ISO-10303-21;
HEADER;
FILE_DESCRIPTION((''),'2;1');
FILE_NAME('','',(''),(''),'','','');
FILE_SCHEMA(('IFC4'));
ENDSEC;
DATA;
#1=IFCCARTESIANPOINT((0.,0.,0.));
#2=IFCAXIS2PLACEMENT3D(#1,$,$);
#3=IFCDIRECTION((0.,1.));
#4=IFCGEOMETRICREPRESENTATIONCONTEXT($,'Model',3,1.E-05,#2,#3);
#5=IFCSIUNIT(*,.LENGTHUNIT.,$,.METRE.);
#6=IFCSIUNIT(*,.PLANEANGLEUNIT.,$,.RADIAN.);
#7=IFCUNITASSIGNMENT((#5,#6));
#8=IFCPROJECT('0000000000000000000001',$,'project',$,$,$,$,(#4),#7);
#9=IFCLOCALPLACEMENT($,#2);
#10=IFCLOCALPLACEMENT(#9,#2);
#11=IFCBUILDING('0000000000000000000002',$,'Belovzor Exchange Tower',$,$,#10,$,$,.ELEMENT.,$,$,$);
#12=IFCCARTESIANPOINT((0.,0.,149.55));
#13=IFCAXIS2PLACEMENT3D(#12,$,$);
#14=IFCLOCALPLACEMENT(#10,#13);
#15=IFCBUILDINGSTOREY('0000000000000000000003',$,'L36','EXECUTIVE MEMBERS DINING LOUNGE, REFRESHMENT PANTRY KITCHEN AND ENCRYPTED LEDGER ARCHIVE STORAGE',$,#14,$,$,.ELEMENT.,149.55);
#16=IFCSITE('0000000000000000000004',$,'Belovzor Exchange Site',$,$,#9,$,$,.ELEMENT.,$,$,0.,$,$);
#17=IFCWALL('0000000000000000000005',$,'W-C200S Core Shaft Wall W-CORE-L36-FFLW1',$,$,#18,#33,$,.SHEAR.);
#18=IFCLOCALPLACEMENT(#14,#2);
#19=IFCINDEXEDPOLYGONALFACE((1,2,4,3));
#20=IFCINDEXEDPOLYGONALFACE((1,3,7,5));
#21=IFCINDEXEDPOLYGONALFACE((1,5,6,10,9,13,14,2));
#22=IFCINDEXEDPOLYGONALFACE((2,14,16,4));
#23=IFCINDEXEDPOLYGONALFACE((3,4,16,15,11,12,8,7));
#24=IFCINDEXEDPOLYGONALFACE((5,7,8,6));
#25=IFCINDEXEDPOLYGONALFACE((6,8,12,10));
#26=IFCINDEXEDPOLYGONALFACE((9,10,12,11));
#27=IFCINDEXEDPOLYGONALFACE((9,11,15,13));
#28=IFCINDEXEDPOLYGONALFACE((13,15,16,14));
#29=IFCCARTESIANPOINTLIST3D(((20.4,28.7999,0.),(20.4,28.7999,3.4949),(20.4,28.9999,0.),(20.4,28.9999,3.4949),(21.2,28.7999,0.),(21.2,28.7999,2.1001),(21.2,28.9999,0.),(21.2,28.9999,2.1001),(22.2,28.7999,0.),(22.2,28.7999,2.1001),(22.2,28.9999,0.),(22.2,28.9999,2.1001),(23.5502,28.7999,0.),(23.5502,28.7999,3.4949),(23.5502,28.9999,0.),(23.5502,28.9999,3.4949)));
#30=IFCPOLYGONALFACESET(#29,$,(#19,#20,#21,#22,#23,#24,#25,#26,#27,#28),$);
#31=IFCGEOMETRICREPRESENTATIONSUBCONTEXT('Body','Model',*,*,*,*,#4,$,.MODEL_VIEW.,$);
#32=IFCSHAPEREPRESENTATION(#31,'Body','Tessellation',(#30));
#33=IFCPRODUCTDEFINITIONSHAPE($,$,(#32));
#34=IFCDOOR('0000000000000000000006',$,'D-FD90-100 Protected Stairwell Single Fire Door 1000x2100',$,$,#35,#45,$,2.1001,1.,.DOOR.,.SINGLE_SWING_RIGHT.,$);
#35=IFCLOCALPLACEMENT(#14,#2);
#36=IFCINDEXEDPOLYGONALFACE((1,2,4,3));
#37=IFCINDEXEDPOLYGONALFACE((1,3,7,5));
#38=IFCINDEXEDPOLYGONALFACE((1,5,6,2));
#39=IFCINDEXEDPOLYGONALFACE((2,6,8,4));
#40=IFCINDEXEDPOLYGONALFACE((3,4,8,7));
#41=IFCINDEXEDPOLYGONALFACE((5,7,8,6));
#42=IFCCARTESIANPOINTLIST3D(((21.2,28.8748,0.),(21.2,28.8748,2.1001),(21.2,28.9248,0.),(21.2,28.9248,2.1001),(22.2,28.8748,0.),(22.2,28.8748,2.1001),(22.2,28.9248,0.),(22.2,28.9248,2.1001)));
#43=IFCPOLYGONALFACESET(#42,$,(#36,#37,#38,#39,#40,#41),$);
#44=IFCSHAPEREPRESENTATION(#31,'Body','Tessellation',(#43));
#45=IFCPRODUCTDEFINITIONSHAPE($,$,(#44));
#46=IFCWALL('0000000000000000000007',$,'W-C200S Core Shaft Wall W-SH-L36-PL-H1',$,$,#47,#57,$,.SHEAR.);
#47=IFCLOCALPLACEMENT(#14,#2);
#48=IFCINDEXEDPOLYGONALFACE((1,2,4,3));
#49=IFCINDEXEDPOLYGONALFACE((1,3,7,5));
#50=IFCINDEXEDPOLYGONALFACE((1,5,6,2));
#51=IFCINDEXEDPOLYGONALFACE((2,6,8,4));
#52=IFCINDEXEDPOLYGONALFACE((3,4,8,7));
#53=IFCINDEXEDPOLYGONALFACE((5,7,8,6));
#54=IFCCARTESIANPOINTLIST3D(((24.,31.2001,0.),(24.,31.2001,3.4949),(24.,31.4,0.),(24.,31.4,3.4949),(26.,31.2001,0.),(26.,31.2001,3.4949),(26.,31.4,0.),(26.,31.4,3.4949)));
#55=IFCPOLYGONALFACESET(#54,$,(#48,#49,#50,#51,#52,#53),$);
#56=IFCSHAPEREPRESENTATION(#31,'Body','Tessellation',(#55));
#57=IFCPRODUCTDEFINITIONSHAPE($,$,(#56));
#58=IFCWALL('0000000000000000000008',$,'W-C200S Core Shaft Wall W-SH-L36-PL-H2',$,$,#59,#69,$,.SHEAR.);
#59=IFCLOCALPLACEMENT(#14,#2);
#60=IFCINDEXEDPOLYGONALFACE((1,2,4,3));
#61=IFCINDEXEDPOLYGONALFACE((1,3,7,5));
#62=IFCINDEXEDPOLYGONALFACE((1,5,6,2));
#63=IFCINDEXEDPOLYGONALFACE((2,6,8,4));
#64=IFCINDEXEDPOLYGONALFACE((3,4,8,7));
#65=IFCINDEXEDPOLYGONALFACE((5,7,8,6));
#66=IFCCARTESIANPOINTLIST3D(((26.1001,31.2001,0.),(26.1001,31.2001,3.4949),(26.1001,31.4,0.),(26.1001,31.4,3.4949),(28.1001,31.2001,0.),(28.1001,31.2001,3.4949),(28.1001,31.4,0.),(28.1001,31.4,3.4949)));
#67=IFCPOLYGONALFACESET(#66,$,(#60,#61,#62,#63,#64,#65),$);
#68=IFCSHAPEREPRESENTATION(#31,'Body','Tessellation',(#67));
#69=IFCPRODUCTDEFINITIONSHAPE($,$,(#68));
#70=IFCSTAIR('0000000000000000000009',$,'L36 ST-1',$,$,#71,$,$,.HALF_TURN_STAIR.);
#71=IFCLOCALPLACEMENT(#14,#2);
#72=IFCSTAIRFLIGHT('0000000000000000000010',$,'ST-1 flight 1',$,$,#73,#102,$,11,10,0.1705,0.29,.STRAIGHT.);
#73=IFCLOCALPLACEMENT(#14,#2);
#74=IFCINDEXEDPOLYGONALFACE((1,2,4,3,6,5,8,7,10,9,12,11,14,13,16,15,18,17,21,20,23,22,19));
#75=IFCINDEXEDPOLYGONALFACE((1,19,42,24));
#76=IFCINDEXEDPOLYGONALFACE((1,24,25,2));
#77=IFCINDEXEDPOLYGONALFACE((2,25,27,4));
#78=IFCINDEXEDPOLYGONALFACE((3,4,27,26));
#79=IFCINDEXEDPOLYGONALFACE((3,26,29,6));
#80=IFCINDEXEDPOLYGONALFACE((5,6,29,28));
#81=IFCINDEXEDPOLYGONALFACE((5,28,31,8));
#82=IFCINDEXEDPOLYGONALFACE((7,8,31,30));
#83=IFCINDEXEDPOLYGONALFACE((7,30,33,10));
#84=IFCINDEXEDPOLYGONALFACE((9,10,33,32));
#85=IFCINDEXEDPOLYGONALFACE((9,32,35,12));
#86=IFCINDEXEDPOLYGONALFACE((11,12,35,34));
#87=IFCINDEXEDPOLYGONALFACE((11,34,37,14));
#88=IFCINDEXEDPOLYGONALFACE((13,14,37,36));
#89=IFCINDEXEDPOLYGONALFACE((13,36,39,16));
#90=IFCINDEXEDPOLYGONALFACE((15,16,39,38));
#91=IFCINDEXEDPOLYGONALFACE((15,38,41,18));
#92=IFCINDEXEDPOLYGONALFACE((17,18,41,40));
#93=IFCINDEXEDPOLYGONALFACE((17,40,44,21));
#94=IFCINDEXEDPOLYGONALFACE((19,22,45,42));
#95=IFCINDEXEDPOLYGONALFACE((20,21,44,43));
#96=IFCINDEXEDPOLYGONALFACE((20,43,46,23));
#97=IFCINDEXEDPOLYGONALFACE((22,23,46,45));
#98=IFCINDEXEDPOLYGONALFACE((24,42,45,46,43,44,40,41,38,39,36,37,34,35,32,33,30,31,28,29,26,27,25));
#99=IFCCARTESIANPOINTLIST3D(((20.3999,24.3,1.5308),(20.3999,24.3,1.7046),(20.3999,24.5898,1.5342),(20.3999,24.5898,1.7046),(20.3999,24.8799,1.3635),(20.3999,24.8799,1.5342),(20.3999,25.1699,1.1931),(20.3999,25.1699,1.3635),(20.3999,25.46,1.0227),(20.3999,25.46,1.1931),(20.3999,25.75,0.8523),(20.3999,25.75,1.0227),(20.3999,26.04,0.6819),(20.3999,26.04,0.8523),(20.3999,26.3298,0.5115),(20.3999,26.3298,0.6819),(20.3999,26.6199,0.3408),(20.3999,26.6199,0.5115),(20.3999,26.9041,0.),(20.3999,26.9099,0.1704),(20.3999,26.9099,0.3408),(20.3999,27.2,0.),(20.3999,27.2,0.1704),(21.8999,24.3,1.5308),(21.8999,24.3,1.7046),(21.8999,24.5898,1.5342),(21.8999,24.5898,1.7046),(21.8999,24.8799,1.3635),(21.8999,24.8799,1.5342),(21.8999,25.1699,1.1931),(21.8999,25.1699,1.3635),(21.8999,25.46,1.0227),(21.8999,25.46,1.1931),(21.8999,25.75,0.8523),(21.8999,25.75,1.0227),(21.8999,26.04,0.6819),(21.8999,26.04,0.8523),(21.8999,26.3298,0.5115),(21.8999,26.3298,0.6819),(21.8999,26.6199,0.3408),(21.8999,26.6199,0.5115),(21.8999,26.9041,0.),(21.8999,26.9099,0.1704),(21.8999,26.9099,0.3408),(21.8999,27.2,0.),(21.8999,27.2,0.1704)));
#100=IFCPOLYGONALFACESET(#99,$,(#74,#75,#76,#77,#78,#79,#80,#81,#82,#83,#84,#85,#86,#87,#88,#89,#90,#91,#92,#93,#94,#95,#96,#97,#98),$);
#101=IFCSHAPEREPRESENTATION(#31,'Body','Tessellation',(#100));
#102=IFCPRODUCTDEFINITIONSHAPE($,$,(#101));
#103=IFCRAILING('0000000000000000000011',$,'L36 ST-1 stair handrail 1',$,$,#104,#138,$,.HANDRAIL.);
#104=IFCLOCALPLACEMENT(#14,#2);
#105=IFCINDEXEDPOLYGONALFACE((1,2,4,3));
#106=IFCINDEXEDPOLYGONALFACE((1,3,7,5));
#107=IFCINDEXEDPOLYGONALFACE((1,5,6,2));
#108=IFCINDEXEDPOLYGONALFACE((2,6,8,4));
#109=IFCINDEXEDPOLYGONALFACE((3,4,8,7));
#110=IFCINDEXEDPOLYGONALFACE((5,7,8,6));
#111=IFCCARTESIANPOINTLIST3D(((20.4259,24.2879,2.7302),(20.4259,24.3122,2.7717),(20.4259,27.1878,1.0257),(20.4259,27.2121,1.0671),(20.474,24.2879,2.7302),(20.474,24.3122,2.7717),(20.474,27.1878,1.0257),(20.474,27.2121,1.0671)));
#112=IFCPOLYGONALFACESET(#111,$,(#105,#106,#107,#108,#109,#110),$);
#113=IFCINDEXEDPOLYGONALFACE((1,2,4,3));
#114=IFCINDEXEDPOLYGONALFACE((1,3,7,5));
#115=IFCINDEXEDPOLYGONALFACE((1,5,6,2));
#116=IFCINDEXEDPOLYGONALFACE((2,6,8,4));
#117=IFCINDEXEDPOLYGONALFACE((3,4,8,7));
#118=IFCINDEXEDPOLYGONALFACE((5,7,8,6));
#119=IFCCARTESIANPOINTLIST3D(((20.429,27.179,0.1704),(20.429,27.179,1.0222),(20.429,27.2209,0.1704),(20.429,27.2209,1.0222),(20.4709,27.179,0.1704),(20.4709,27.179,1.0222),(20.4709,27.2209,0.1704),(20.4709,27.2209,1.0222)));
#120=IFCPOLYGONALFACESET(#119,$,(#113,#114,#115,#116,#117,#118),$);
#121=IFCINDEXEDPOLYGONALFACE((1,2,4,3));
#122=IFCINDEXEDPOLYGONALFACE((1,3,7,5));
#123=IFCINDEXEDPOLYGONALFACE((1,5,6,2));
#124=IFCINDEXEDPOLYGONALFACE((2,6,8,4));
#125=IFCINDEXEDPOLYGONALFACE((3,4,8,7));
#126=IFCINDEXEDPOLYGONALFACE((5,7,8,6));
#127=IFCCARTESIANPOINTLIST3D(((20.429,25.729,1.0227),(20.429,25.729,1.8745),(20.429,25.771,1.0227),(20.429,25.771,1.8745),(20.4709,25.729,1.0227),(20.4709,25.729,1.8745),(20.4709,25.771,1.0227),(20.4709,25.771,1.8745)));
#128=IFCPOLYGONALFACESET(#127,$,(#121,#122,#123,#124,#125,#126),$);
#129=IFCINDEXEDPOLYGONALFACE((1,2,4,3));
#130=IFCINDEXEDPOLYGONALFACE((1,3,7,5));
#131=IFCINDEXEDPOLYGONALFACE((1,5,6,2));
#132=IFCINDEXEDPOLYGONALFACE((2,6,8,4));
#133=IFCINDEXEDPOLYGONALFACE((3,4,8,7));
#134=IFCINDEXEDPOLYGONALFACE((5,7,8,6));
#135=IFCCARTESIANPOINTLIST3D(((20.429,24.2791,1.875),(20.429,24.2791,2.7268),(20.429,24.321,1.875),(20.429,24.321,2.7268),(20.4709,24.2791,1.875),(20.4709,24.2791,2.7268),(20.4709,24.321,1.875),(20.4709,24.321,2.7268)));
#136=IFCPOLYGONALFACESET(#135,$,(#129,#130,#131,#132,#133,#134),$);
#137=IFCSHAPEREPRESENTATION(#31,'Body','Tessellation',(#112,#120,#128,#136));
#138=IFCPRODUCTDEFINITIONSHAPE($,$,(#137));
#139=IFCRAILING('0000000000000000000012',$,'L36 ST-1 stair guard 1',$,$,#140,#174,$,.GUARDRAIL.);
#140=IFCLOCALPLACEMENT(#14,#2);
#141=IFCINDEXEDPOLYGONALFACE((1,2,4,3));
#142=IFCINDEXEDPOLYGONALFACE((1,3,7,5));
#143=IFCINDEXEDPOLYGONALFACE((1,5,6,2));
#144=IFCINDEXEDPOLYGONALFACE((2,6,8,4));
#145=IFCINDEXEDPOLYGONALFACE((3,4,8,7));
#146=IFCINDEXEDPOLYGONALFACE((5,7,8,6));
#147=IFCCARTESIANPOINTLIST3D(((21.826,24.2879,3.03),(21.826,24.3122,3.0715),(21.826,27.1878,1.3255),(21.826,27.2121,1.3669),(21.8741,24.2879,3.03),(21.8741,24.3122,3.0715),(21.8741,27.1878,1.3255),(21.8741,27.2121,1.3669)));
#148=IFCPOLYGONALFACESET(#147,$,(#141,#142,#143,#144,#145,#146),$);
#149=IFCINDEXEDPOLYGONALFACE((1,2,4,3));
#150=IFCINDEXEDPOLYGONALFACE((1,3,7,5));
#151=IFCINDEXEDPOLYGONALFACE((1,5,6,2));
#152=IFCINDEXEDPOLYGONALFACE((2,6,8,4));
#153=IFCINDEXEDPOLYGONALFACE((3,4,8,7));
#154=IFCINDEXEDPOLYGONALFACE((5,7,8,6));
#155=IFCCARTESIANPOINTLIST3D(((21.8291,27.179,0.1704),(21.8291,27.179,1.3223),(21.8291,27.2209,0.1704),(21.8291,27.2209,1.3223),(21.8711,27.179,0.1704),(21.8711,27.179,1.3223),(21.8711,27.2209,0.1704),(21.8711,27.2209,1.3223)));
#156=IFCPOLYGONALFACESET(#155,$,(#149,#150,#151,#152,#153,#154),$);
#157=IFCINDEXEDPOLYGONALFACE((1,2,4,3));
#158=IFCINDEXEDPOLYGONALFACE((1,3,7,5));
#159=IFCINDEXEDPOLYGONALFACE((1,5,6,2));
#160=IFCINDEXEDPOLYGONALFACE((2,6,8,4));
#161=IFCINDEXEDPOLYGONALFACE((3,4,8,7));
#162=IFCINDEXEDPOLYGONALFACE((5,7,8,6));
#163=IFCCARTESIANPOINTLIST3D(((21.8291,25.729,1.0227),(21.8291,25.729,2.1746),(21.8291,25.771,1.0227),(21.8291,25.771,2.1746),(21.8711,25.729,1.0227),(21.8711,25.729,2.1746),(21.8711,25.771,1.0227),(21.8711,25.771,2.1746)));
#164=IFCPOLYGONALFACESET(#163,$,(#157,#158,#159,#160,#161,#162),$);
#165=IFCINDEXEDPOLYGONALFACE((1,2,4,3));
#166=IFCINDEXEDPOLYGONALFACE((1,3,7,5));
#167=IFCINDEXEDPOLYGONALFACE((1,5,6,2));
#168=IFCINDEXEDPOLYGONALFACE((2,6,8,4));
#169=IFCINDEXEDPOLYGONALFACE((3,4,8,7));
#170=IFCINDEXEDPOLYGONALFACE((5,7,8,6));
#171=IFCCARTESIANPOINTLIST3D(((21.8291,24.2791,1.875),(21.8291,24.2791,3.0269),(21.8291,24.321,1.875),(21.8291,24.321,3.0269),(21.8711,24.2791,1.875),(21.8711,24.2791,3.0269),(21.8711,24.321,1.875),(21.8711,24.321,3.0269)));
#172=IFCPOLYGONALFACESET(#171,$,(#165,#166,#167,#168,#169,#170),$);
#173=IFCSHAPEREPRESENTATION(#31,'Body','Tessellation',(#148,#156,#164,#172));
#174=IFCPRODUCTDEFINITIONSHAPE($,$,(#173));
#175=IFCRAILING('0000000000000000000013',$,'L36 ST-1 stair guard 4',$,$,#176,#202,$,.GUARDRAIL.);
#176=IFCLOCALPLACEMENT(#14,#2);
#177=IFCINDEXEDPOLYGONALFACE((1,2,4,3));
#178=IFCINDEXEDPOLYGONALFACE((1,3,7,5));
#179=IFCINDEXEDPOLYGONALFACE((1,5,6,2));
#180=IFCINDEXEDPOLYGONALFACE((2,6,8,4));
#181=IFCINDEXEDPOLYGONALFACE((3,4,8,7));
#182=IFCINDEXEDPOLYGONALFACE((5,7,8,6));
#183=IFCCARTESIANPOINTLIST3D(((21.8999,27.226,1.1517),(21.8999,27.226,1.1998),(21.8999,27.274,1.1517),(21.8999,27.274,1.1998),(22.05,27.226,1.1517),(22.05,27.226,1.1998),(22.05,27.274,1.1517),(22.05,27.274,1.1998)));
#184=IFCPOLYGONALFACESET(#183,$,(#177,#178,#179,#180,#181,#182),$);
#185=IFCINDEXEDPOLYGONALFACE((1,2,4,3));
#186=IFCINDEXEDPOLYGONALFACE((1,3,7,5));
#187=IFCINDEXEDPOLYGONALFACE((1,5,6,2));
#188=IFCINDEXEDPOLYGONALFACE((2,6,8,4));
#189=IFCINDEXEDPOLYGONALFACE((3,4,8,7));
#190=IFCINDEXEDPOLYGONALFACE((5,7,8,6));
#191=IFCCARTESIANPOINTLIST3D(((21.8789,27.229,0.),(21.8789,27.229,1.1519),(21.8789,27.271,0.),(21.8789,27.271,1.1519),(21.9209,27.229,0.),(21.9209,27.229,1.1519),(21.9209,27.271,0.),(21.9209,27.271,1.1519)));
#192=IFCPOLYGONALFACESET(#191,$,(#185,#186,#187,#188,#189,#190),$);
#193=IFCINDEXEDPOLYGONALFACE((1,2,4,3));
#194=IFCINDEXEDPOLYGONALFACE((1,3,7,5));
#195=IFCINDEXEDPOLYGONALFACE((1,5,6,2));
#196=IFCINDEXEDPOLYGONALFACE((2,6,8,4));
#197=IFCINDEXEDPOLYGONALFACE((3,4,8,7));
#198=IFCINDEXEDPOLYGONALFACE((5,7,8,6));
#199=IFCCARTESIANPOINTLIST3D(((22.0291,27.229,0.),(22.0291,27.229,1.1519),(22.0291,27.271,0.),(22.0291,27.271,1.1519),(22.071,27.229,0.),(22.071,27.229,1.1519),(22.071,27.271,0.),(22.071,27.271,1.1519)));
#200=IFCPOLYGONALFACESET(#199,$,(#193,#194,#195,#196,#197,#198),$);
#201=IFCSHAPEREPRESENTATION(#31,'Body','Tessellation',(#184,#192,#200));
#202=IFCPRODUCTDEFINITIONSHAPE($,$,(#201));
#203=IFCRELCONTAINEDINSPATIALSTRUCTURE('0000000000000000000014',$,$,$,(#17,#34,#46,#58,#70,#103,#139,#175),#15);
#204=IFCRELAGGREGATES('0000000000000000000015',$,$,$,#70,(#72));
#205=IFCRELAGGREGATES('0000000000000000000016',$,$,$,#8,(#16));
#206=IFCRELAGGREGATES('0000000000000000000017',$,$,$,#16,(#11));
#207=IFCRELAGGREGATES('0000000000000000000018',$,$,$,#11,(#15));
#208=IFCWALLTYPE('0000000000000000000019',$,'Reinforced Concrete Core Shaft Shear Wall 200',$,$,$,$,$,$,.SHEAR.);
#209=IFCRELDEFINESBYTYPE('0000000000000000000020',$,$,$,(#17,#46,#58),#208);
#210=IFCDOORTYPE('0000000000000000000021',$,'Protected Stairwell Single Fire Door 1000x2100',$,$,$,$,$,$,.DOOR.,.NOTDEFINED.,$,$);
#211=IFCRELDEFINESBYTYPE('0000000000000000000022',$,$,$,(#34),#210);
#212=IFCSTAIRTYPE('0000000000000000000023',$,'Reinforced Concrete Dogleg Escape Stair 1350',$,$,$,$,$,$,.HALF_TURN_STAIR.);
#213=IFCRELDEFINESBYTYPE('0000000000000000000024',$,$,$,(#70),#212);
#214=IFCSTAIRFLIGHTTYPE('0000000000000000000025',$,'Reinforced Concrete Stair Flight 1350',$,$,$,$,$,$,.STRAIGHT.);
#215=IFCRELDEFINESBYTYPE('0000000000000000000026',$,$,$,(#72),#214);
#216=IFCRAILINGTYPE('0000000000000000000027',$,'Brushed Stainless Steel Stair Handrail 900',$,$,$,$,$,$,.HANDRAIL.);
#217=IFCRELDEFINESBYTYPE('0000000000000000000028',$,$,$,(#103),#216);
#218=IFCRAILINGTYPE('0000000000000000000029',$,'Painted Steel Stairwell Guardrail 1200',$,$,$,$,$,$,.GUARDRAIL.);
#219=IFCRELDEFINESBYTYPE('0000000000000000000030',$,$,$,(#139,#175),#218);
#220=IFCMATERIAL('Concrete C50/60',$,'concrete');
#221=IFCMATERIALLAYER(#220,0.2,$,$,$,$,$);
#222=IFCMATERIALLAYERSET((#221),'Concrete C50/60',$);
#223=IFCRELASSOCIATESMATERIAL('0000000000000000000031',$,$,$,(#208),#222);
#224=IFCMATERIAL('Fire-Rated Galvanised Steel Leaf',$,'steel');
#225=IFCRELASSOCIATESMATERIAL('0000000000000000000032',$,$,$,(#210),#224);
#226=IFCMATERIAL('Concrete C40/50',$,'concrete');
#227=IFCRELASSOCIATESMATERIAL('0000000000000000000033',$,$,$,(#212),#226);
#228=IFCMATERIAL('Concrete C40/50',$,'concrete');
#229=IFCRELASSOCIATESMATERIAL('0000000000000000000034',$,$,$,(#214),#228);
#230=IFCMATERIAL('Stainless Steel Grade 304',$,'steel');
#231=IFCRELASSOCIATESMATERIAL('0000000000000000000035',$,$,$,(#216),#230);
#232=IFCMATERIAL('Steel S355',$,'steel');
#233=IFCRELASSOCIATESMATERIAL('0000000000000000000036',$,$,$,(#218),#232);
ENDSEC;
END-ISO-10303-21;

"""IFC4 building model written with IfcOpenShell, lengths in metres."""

from ifc_helpers import new_model, si_unit, direction, frame, frame_2d, origin, origin_2d, place, context, subcontext, project, spatial, polyline, rectangle, outline, extrude, material, layer, layer_set, type_object, element, fill, aggregate, save


model = new_model("IFC4")

# Units and contexts
model_context = context("Model", 3, precision=1e-05, world=origin(), true_north=direction((0.0, 1.0)))
body_context = subcontext(model_context, "Body", "Model", "MODEL_VIEW")
ifc_project = project(units=[si_unit("LENGTHUNIT", "METRE"), si_unit("PLANEANGLEUNIT", "RADIAN")], contexts=[model_context])

# Site, building, storey
site_placement = place(None, origin())
site = spatial("IfcSite", under=ifc_project, at=site_placement, Name="Belovzor Exchange Site", CompositionType="ELEMENT", RefElevation=0.0)
building_placement = place(site_placement, origin())
building = spatial("IfcBuilding", under=site, at=building_placement, Name="Belovzor Exchange Tower", CompositionType="ELEMENT")
storey_placement = place(building_placement, frame((0.0, 0.0, 149.55)))
storey = spatial("IfcBuildingStorey", under=building, at=storey_placement, Name="L36", Description="EXECUTIVE MEMBERS DINING LOUNGE, REFRESHMENT PANTRY KITCHEN AND ENCRYPTED LEDGER ARCHIVE STORAGE", CompositionType="ELEMENT", Elevation=149.55)

# Wall, opening, door
ifc_material_1 = material(Name="Concrete C50/60", Category="concrete")
ifc_layer_1 = layer(ifc_material_1, 0.2)
ifc_layer_set_1 = layer_set([ifc_layer_1], Name="Concrete C50/60")
wall_type_1 = type_object("IfcWallType", Name="Reinforced Concrete Core Shaft Shear Wall 200", PredefinedType="SHEAR", material=ifc_layer_set_1)
wall_1_placement = place(storey_placement, frame((20.3999, 28.8999, 0.0), z_axis=(0.0, 0.0, 1.0), x_axis=(1.0, 0.0, 0.0)))
wall_1 = element("IfcWall", 1, at=wall_1_placement, inside=storey, type_object=wall_type_1, Name="W-C200S Core Shaft Wall W-CORE-L36-FFLW1", PredefinedType="SHEAR", context=body_context, shape_type="SweptSolid", body=[
    extrude(rectangle(XDim=3.1501, YDim=0.2, at=frame_2d((1.5752, 0.0))), origin(), (0.0, 0.0, 1.0), 3.4949),
])
opening_1_placement = place(wall_1_placement, frame((0.8, 0.0, 0.0)))
opening_1 = element("IfcOpeningElement", 2, at=opening_1_placement, cuts=wall_1, PredefinedType="OPENING", context=body_context, shape_type="SweptSolid", body=[
    extrude(rectangle(XDim=1.0, YDim=2.1001, at=frame_2d((0.5, 1.05))), frame((0.0, 0.1099, 0.0), z_axis=(0.0, -1.0, 0.0), x_axis=(1.0, 0.0, 0.0)), (0.0, 0.0, 1.0), 0.22),
])
ifc_material_2 = material(Name="Fire-Rated Galvanised Steel Leaf", Category="steel")
door_type_1 = type_object("IfcDoorType", Name="Protected Stairwell Single Fire Door 1000x2100", OperationType="NOTDEFINED", PredefinedType="DOOR", material=ifc_material_2)
door_1_placement = place(opening_1_placement, origin())
door_1 = element("IfcDoor", 3, at=door_1_placement, inside=storey, type_object=door_type_1, Name="D-FD90-100 Protected Stairwell Single Fire Door 1000x2100", OperationType="SINGLE_SWING_RIGHT", OverallHeight=2.1001, OverallWidth=1.0, PredefinedType="DOOR", context=body_context, shape_type="SweptSolid", body=[
    extrude(rectangle(XDim=1.0, YDim=2.1001, at=frame_2d((0.5, 1.05))), frame((0.0, 0.0249, 0.0), z_axis=(0.0, -1.0, 0.0), x_axis=(1.0, 0.0, 0.0)), (0.0, 0.0, 1.0), 0.05),
])
fill(opening_1, door_1)

# Walls
for number, where, z_axis, x_axis, name in (
    (4, (24.0, 31.3, 0.0), (0.0, 0.0, 1.0), (1.0, 0.0, 0.0), "W-C200S Core Shaft Wall W-SH-L36-PL-H1"),
    (5, (26.1001, 31.3, 0.0), (0.0, 0.0, 1.0), (1.0, 0.0, 0.0), "W-C200S Core Shaft Wall W-SH-L36-PL-H2"),
):
    element("IfcWall", number, at=place(storey_placement, frame(where, z_axis=z_axis, x_axis=x_axis)), inside=storey, type_object=wall_type_1, Name=name, PredefinedType="SHEAR", context=body_context, shape_type="SweptSolid", body=[
        extrude(rectangle(XDim=2.0, YDim=0.2, at=frame_2d((1.0, 0.0))), origin(), (0.0, 0.0, 1.0), 3.4949),
    ])

# Stair, stair flight
ifc_material_3 = material(Name="Concrete C40/50", Category="concrete")
stair_type = type_object("IfcStairType", Name="Reinforced Concrete Dogleg Escape Stair 1350", PredefinedType="HALF_TURN_STAIR", material=ifc_material_3)
stair_placement = place(storey_placement, origin())
stair = element("IfcStair", 6, at=stair_placement, inside=storey, type_object=stair_type, Name="L36 ST-1", PredefinedType="HALF_TURN_STAIR")
ifc_material_4 = material(Name="Concrete C40/50", Category="concrete")
stair_flight_type = type_object("IfcStairFlightType", Name="Reinforced Concrete Stair Flight 1350", PredefinedType="STRAIGHT", material=ifc_material_4)
stair_flight_placement = place(storey_placement, frame((21.1499, 27.2, 0.0), z_axis=(0.0, 0.0, 1.0), x_axis=(0.0, -1.0, 0.0)))
stair_flight = element("IfcStairFlight", 7, at=stair_flight_placement, type_object=stair_flight_type, Name="ST-1 flight 1", NumberOfRisers=11, NumberOfTreads=10, PredefinedType="STRAIGHT", RiserHeight=0.1705, TreadLength=0.29, context=body_context, shape_type="SweptSolid", body=[
    extrude(outline(polyline([(0.0, 0.0), (0.0, 0.1704), (0.29, 0.1704), (0.29, 0.3408), (0.5801, 0.3408), (0.5801, 0.5115), (0.8701, 0.5115), (0.8701, 0.6819), (1.1599, 0.6819), (1.1599, 0.8523), (1.45, 0.8523), (1.45, 1.0227), (1.74, 1.0227), (1.74, 1.1931), (2.03, 1.1931), (2.03, 1.3635), (2.3201, 1.3635), (2.3201, 1.5342), (2.6101, 1.5342), (2.6101, 1.7046), (2.8999, 1.7046), (2.8999, 1.875), (2.8999, 1.5308), (0.2959, 0.0), (0.0, 0.0)])), frame((0.0, 0.75, 0.0), z_axis=(0.0, -1.0, 0.0), x_axis=(1.0, 0.0, 0.0)), (0.0, 0.0, 1.0), 1.5),
])
aggregate(stair, [stair_flight])

# Railings
ifc_material_5 = material(Name="Stainless Steel Grade 304", Category="steel")
railing_type_1 = type_object("IfcRailingType", Name="Brushed Stainless Steel Stair Handrail 900", PredefinedType="HANDRAIL", material=ifc_material_5)
railing_1_placement = place(storey_placement, frame((20.45, 27.2, 0.1704)))
element("IfcRailing", 8, at=railing_1_placement, inside=storey, type_object=railing_type_1, Name="L36 ST-1 stair handrail 1", PredefinedType="HANDRAIL", context=body_context, shape_type="SweptSolid", body=[
    extrude(rectangle(XDim=0.0481, YDim=0.0481, at=origin_2d()), frame((0.0, 0.0, 0.876), z_axis=(0.0, -0.862095, 0.506747), x_axis=(1.0, 0.0, 0.0)), (0.0, 0.0, 1.0), 3.3638),
    extrude(rectangle(XDim=0.042, YDim=0.042, at=origin_2d()), origin(), (0.0, 0.0, 1.0), 0.8518),
    extrude(rectangle(XDim=0.042, YDim=0.042, at=origin_2d()), frame((0.0, -1.45, 0.8523)), (0.0, 0.0, 1.0), 0.8518),
    extrude(rectangle(XDim=0.042, YDim=0.042, at=origin_2d()), frame((0.0, -2.8999, 1.7046)), (0.0, 0.0, 1.0), 0.8518),
])
ifc_material_6 = material(Name="Steel S355", Category="steel")
railing_type_2 = type_object("IfcRailingType", Name="Painted Steel Stairwell Guardrail 1200", PredefinedType="GUARDRAIL", material=ifc_material_6)
railing_2_placement = place(storey_placement, frame((21.8501, 27.2, 0.1704)))
element("IfcRailing", 9, at=railing_2_placement, inside=storey, type_object=railing_type_2, Name="L36 ST-1 stair guard 1", PredefinedType="GUARDRAIL", context=body_context, shape_type="SweptSolid", body=[
    extrude(rectangle(XDim=0.0481, YDim=0.0481, at=origin_2d()), frame((0.0, 0.0, 1.1758), z_axis=(0.0, -0.862095, 0.506747), x_axis=(1.0, 0.0, 0.0)), (0.0, 0.0, 1.0), 3.3638),
    extrude(rectangle(XDim=0.042, YDim=0.042, at=origin_2d()), origin(), (0.0, 0.0, 1.0), 1.1519),
    extrude(rectangle(XDim=0.042, YDim=0.042, at=origin_2d()), frame((0.0, -1.45, 0.8523)), (0.0, 0.0, 1.0), 1.1519),
    extrude(rectangle(XDim=0.042, YDim=0.042, at=origin_2d()), frame((0.0, -2.8999, 1.7046)), (0.0, 0.0, 1.0), 1.1519),
])
railing_3_placement = place(storey_placement, frame((21.8999, 27.25, 0.0)))
element("IfcRailing", 10, at=railing_3_placement, inside=storey, type_object=railing_type_2, Name="L36 ST-1 stair guard 4", PredefinedType="GUARDRAIL", context=body_context, shape_type="SweptSolid", body=[
    extrude(rectangle(XDim=0.0481, YDim=0.0481, at=origin_2d()), frame((0.0, 0.0, 1.1758), z_axis=(1.0, 0.0, 0.0), x_axis=(0.0, 1.0, 0.0)), (0.0, 0.0, 1.0), 0.1501),
    extrude(rectangle(XDim=0.042, YDim=0.042, at=origin_2d()), origin(), (0.0, 0.0, 1.0), 1.1519),
    extrude(rectangle(XDim=0.042, YDim=0.042, at=origin_2d()), frame((0.1501, 0.0, 0.0)), (0.0, 0.0, 1.0), 1.1519),
])

save(model, "model.ifc")
